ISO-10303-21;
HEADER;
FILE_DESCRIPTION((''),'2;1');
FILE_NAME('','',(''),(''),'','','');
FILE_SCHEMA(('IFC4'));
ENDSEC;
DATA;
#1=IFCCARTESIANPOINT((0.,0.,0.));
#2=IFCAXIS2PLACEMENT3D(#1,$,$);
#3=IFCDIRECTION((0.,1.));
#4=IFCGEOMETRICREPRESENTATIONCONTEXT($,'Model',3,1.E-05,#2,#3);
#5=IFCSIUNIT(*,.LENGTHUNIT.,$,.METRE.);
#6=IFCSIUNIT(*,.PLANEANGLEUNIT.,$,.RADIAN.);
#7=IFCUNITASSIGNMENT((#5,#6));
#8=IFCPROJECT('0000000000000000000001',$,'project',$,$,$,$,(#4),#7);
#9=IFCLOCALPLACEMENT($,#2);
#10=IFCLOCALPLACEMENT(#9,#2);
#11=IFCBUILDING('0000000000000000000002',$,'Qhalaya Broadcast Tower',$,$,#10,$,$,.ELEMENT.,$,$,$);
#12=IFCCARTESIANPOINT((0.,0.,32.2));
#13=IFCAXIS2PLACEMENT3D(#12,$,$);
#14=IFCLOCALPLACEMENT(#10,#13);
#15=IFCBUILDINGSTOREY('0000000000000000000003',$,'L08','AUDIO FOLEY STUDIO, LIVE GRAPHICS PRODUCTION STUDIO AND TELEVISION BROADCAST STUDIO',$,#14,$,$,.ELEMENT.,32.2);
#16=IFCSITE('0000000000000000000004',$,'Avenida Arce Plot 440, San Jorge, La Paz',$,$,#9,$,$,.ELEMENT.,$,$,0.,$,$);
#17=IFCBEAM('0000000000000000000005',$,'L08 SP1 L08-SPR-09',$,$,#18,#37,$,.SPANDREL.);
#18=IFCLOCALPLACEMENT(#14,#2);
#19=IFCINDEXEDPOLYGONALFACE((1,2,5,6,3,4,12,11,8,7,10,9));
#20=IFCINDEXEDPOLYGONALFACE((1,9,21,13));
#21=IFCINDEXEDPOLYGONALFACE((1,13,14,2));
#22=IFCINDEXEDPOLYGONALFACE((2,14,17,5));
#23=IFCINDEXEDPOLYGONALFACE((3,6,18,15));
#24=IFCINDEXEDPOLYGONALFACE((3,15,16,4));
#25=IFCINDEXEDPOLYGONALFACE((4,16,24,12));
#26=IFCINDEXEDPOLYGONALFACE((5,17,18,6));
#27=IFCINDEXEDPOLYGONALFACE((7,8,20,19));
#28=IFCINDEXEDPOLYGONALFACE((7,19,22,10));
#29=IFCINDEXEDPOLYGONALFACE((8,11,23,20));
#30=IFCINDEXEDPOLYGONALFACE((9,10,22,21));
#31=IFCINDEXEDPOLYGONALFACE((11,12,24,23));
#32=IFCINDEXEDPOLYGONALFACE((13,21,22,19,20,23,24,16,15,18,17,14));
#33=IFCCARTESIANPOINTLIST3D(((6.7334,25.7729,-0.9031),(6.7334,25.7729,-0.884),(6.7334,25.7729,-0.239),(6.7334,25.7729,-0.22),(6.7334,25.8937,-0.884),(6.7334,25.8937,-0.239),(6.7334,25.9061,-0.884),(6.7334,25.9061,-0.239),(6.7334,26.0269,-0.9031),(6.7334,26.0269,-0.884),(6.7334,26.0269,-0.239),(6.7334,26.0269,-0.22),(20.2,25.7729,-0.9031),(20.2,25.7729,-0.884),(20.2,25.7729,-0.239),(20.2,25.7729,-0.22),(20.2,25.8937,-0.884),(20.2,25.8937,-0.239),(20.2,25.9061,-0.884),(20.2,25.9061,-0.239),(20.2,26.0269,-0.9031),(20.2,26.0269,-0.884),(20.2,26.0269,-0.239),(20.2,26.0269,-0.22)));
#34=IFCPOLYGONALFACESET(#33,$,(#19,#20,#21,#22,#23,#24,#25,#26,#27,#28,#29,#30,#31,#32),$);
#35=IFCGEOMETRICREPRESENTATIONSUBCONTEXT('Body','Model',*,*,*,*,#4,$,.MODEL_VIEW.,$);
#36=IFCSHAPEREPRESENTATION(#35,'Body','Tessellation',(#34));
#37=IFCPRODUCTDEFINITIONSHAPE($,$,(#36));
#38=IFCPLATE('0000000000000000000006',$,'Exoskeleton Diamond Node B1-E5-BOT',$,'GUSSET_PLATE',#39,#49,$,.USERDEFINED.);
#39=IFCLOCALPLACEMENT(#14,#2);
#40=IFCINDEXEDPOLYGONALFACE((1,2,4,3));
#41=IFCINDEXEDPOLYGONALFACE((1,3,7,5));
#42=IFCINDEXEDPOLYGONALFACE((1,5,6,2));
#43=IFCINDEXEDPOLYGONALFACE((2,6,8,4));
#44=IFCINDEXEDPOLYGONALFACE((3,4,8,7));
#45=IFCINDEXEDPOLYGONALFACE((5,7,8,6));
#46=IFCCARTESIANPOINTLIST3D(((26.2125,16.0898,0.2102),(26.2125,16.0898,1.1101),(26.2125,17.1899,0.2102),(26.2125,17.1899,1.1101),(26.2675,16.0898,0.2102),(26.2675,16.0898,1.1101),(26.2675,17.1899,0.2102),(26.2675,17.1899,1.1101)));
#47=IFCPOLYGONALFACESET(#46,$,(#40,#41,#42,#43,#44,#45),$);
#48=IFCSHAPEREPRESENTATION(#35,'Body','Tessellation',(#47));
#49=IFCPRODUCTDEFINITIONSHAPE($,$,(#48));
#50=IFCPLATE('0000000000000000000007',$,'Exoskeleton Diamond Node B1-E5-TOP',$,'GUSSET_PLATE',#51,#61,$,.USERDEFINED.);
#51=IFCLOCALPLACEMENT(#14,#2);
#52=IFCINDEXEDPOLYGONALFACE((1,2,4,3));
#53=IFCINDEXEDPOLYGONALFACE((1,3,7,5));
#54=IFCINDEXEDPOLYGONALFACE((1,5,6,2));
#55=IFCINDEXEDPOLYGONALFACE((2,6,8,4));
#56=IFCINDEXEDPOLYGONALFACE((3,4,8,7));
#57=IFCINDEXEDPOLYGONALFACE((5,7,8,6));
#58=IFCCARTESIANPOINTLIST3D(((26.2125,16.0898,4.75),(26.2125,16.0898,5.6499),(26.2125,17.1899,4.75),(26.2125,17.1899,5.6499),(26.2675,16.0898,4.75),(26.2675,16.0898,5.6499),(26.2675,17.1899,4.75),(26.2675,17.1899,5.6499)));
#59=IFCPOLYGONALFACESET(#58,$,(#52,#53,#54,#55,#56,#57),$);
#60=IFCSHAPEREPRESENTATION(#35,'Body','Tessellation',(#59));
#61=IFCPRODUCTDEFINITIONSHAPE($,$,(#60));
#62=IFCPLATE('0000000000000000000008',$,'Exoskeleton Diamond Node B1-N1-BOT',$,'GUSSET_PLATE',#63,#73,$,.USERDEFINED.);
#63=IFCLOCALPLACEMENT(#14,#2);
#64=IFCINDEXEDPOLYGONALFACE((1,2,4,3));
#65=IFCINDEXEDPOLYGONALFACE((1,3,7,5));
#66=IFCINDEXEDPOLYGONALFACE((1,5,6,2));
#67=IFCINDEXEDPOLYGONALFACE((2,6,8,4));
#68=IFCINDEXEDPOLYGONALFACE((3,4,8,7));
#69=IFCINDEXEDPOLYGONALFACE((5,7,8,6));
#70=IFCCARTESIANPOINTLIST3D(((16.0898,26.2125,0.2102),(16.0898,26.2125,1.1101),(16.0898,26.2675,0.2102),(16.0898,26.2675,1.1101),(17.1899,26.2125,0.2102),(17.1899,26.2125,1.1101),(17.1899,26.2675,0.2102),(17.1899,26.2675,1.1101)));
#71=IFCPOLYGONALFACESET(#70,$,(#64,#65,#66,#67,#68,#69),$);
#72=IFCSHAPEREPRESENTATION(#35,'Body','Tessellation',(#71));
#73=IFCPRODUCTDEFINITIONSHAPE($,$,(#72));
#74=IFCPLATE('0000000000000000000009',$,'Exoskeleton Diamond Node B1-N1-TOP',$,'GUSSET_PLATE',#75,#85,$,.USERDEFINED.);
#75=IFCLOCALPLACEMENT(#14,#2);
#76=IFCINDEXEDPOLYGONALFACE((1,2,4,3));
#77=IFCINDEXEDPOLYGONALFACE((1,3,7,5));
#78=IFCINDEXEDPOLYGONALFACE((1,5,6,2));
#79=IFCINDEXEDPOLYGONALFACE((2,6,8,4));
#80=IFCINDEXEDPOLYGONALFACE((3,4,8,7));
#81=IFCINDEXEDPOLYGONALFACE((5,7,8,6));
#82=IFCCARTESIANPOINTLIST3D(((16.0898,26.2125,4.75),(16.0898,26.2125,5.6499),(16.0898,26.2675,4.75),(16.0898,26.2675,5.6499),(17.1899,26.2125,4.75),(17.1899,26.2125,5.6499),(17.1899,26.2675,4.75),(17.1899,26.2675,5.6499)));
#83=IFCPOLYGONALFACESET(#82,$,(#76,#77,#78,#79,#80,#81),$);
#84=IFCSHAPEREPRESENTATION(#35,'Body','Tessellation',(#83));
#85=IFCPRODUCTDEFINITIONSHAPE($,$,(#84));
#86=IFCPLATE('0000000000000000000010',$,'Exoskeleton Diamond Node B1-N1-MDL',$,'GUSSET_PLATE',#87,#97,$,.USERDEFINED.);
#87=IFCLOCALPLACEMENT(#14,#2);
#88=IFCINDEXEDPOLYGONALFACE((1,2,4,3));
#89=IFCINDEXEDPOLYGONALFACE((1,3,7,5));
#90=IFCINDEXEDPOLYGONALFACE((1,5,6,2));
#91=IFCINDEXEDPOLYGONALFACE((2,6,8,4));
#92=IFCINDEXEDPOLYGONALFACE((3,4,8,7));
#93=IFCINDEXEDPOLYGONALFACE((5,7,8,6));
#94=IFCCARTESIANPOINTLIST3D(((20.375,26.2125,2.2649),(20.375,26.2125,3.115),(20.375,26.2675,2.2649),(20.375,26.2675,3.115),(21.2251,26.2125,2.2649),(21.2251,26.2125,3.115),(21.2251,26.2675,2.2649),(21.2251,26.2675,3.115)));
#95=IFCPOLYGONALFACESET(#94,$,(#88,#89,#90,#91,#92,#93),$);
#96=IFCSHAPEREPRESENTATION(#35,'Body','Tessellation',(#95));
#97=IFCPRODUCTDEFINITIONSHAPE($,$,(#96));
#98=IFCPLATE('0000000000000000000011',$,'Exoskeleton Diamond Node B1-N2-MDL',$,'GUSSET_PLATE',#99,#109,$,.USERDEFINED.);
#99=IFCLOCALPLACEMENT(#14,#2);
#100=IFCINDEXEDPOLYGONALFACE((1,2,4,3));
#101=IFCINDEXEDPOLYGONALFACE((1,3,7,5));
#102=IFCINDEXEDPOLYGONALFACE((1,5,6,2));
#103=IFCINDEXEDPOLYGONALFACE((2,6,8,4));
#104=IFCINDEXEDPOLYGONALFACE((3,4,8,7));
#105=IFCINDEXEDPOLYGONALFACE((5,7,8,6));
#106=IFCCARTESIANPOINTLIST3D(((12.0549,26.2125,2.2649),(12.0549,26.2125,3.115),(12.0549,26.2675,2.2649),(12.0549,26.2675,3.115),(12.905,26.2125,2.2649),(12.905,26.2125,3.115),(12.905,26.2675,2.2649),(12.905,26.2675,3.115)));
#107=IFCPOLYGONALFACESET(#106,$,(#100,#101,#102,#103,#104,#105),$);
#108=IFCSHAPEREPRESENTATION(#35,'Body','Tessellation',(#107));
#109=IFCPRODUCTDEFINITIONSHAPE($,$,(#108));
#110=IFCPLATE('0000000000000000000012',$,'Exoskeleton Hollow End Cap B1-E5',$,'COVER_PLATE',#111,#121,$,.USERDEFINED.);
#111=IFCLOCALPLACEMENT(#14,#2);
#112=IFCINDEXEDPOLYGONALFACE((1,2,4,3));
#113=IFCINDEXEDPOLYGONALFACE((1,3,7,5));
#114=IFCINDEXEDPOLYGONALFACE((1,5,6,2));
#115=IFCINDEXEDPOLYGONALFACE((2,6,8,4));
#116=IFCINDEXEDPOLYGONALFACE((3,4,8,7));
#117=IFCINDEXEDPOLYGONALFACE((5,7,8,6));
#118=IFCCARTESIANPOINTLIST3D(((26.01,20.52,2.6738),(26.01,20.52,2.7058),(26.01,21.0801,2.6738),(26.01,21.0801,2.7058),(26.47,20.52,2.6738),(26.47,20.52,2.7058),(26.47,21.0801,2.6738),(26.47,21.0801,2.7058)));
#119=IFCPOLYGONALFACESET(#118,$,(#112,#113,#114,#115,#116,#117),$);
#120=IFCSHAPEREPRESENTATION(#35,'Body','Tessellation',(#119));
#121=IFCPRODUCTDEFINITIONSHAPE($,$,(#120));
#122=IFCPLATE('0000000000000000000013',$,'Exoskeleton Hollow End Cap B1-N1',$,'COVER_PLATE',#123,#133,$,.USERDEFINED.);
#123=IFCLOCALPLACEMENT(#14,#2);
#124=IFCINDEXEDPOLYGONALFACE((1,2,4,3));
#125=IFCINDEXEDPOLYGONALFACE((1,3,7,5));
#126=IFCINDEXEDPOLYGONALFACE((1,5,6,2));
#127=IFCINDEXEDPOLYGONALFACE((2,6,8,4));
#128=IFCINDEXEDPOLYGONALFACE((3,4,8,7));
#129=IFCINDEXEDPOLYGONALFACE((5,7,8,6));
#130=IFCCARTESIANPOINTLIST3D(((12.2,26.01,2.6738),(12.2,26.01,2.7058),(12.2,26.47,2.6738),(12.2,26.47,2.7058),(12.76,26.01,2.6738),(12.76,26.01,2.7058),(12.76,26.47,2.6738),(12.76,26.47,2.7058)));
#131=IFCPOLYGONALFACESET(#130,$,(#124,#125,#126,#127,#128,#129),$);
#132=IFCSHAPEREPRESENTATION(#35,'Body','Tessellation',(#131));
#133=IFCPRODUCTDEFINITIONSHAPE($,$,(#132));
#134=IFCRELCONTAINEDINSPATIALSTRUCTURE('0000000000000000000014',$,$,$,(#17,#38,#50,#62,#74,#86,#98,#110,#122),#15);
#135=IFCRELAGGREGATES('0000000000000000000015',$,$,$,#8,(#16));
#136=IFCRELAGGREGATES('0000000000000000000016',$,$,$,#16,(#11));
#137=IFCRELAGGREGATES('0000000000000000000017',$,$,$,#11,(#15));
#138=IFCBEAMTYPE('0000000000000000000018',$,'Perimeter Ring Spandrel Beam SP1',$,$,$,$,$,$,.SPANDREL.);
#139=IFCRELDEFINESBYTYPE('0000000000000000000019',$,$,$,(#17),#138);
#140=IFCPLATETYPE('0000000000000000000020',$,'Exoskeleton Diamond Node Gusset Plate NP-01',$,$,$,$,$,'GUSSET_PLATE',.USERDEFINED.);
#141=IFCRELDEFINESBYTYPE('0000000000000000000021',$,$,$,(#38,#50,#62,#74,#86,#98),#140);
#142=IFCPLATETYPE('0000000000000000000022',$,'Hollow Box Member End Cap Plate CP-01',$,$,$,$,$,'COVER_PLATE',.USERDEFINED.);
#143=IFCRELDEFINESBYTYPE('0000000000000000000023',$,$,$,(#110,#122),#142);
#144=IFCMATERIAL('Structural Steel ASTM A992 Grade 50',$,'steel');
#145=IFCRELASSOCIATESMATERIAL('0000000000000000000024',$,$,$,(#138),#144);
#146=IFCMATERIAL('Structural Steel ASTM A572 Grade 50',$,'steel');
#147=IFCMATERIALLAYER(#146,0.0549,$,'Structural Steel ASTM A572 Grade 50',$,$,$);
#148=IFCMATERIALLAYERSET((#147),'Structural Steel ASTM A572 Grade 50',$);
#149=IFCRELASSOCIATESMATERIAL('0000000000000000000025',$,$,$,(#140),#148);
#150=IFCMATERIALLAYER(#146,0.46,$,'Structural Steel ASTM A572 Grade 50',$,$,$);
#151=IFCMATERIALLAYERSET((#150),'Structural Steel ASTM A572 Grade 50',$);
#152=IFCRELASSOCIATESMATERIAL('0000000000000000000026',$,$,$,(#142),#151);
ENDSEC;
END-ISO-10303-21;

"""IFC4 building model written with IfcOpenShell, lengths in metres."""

from ifc_helpers import new_model, si_unit, direction, frame, origin, origin_2d, place, context, subcontext, project, spatial, rectangle, i_section, extrude, material, layer, layer_set, material_profile, profile_set, type_object, element, save


model = new_model("IFC4")

# Units and contexts
model_context = context("Model", 3, precision=1e-05, world=origin(), true_north=direction((0.0, 1.0)))
body_context = subcontext(model_context, "Body", "Model", "MODEL_VIEW")
ifc_project = project(units=[si_unit("LENGTHUNIT", "METRE"), si_unit("PLANEANGLEUNIT", "RADIAN")], contexts=[model_context])

# Site, building, storey
site_placement = place(None, origin())
site = spatial("IfcSite", under=ifc_project, at=site_placement, Name="Avenida Arce Plot 440, San Jorge, La Paz", CompositionType="ELEMENT", RefElevation=0.0)
building_placement = place(site_placement, origin())
building = spatial("IfcBuilding", under=site, at=building_placement, Name="Qhalaya Broadcast Tower", CompositionType="ELEMENT")
storey_placement = place(building_placement, frame((0.0, 0.0, 32.2)))
storey = spatial("IfcBuildingStorey", under=building, at=storey_placement, Name="L08", Description="AUDIO FOLEY STUDIO, LIVE GRAPHICS PRODUCTION STUDIO AND TELEVISION BROADCAST STUDIO", CompositionType="ELEMENT", Elevation=32.2)

# Shared definitions
ifc_material_1 = material(Name="Structural Steel ASTM A572 Grade 50", Category="steel")

# Beam
ifc_material_2 = material(Name="Structural Steel ASTM A992 Grade 50", Category="steel")
ifc_material_profile_1 = material_profile(ifc_material_2, i_section(OverallWidth=0.2539, OverallDepth=0.6831, WebThickness=0.0125, FlangeThickness=0.019, at=origin_2d()), Name="W27X94")
ifc_profile_set_1 = profile_set([ifc_material_profile_1], Name="Structural Steel ASTM A992 Grade 50")
beam_type = type_object("IfcBeamType", Name="Perimeter Ring Spandrel Beam SP1", PredefinedType="SPANDREL", material=ifc_profile_set_1)
beam_1_placement = place(storey_placement, frame((20.2, 25.8999, -0.5615), z_axis=(-1.0, 0.0, 0.0), x_axis=(0.0, -1.0, 0.0)))
element("IfcBeam", 1, at=beam_1_placement, inside=storey, type_object=beam_type, Name="L08 SP1 L08-SPR-09", PredefinedType="SPANDREL", context=body_context, shape_type="SweptSolid", body=[
    extrude(i_section(OverallWidth=0.2539, OverallDepth=0.6831, WebThickness=0.0125, FlangeThickness=0.019, at=origin_2d()), origin(), (0.0, 0.0, 1.0), 13.4666),
])

# Plates
ifc_layer_1 = layer(ifc_material_1, 0.0549, Name="Structural Steel ASTM A572 Grade 50")
ifc_layer_set_1 = layer_set([ifc_layer_1], Name="Structural Steel ASTM A572 Grade 50")
plate_type_1 = type_object("IfcPlateType", Name="Exoskeleton Diamond Node Gusset Plate NP-01", ElementType="GUSSET_PLATE", PredefinedType="USERDEFINED", material=ifc_layer_set_1)
for number, where, z_axis, x_axis, name in (
    (2, (26.24, 16.6399, 0.2102), (0.0, 0.0, 1.0), (0.0, 1.0, 0.0), "Exoskeleton Diamond Node B1-E5-BOT"),
    (3, (26.24, 16.6399, 4.75), (0.0, 0.0, 1.0), (0.0, 1.0, 0.0), "Exoskeleton Diamond Node B1-E5-TOP"),
    (4, (16.6399, 26.24, 0.2102), (0.0, 0.0, 1.0), (1.0, 0.0, 0.0), "Exoskeleton Diamond Node B1-N1-BOT"),
    (5, (16.6399, 26.24, 4.75), (0.0, 0.0, 1.0), (1.0, 0.0, 0.0), "Exoskeleton Diamond Node B1-N1-TOP"),
):
    element("IfcPlate", number, at=place(storey_placement, frame(where, z_axis=z_axis, x_axis=x_axis)), inside=storey, type_object=plate_type_1, Name=name, ObjectType="GUSSET_PLATE", PredefinedType="USERDEFINED", context=body_context, shape_type="SweptSolid", body=[
        extrude(rectangle(XDim=1.1001, YDim=0.0549, at=origin_2d()), origin(), (0.0, 0.0, 1.0), 0.8999),
    ])
for number, where, z_axis, x_axis, name in (
    (6, (20.8, 26.24, 2.2649), (0.0, 0.0, 1.0), (1.0, 0.0, 0.0), "Exoskeleton Diamond Node B1-N1-MDL"),
    (7, (12.48, 26.24, 2.2649), (0.0, 0.0, 1.0), (1.0, 0.0, 0.0), "Exoskeleton Diamond Node B1-N2-MDL"),
):
    element("IfcPlate", number, at=place(storey_placement, frame(where, z_axis=z_axis, x_axis=x_axis)), inside=storey, type_object=plate_type_1, Name=name, ObjectType="GUSSET_PLATE", PredefinedType="USERDEFINED", context=body_context, shape_type="SweptSolid", body=[
        extrude(rectangle(XDim=0.8501, YDim=0.0549, at=origin_2d()), origin(), (0.0, 0.0, 1.0), 0.8501),
    ])
ifc_layer_2 = layer(ifc_material_1, 0.46, Name="Structural Steel ASTM A572 Grade 50")
ifc_layer_set_2 = layer_set([ifc_layer_2], Name="Structural Steel ASTM A572 Grade 50")
plate_type_2 = type_object("IfcPlateType", Name="Hollow Box Member End Cap Plate CP-01", ElementType="COVER_PLATE", PredefinedType="USERDEFINED", material=ifc_layer_set_2)
for number, where, z_axis, x_axis, name in (
    (8, (26.24, 20.8, 2.6738), (0.0, 0.0, 1.0), (0.0, 1.0, 0.0), "Exoskeleton Hollow End Cap B1-E5"),
    (9, (12.48, 26.24, 2.6738), (0.0, 0.0, 1.0), (1.0, 0.0, 0.0), "Exoskeleton Hollow End Cap B1-N1"),
):
    element("IfcPlate", number, at=place(storey_placement, frame(where, z_axis=z_axis, x_axis=x_axis)), inside=storey, type_object=plate_type_2, Name=name, ObjectType="COVER_PLATE", PredefinedType="USERDEFINED", context=body_context, shape_type="SweptSolid", body=[
        extrude(rectangle(XDim=0.5601, YDim=0.46, at=origin_2d()), origin(), (0.0, 0.0, 1.0), 0.032),
    ])

save(model, "model.ifc")
